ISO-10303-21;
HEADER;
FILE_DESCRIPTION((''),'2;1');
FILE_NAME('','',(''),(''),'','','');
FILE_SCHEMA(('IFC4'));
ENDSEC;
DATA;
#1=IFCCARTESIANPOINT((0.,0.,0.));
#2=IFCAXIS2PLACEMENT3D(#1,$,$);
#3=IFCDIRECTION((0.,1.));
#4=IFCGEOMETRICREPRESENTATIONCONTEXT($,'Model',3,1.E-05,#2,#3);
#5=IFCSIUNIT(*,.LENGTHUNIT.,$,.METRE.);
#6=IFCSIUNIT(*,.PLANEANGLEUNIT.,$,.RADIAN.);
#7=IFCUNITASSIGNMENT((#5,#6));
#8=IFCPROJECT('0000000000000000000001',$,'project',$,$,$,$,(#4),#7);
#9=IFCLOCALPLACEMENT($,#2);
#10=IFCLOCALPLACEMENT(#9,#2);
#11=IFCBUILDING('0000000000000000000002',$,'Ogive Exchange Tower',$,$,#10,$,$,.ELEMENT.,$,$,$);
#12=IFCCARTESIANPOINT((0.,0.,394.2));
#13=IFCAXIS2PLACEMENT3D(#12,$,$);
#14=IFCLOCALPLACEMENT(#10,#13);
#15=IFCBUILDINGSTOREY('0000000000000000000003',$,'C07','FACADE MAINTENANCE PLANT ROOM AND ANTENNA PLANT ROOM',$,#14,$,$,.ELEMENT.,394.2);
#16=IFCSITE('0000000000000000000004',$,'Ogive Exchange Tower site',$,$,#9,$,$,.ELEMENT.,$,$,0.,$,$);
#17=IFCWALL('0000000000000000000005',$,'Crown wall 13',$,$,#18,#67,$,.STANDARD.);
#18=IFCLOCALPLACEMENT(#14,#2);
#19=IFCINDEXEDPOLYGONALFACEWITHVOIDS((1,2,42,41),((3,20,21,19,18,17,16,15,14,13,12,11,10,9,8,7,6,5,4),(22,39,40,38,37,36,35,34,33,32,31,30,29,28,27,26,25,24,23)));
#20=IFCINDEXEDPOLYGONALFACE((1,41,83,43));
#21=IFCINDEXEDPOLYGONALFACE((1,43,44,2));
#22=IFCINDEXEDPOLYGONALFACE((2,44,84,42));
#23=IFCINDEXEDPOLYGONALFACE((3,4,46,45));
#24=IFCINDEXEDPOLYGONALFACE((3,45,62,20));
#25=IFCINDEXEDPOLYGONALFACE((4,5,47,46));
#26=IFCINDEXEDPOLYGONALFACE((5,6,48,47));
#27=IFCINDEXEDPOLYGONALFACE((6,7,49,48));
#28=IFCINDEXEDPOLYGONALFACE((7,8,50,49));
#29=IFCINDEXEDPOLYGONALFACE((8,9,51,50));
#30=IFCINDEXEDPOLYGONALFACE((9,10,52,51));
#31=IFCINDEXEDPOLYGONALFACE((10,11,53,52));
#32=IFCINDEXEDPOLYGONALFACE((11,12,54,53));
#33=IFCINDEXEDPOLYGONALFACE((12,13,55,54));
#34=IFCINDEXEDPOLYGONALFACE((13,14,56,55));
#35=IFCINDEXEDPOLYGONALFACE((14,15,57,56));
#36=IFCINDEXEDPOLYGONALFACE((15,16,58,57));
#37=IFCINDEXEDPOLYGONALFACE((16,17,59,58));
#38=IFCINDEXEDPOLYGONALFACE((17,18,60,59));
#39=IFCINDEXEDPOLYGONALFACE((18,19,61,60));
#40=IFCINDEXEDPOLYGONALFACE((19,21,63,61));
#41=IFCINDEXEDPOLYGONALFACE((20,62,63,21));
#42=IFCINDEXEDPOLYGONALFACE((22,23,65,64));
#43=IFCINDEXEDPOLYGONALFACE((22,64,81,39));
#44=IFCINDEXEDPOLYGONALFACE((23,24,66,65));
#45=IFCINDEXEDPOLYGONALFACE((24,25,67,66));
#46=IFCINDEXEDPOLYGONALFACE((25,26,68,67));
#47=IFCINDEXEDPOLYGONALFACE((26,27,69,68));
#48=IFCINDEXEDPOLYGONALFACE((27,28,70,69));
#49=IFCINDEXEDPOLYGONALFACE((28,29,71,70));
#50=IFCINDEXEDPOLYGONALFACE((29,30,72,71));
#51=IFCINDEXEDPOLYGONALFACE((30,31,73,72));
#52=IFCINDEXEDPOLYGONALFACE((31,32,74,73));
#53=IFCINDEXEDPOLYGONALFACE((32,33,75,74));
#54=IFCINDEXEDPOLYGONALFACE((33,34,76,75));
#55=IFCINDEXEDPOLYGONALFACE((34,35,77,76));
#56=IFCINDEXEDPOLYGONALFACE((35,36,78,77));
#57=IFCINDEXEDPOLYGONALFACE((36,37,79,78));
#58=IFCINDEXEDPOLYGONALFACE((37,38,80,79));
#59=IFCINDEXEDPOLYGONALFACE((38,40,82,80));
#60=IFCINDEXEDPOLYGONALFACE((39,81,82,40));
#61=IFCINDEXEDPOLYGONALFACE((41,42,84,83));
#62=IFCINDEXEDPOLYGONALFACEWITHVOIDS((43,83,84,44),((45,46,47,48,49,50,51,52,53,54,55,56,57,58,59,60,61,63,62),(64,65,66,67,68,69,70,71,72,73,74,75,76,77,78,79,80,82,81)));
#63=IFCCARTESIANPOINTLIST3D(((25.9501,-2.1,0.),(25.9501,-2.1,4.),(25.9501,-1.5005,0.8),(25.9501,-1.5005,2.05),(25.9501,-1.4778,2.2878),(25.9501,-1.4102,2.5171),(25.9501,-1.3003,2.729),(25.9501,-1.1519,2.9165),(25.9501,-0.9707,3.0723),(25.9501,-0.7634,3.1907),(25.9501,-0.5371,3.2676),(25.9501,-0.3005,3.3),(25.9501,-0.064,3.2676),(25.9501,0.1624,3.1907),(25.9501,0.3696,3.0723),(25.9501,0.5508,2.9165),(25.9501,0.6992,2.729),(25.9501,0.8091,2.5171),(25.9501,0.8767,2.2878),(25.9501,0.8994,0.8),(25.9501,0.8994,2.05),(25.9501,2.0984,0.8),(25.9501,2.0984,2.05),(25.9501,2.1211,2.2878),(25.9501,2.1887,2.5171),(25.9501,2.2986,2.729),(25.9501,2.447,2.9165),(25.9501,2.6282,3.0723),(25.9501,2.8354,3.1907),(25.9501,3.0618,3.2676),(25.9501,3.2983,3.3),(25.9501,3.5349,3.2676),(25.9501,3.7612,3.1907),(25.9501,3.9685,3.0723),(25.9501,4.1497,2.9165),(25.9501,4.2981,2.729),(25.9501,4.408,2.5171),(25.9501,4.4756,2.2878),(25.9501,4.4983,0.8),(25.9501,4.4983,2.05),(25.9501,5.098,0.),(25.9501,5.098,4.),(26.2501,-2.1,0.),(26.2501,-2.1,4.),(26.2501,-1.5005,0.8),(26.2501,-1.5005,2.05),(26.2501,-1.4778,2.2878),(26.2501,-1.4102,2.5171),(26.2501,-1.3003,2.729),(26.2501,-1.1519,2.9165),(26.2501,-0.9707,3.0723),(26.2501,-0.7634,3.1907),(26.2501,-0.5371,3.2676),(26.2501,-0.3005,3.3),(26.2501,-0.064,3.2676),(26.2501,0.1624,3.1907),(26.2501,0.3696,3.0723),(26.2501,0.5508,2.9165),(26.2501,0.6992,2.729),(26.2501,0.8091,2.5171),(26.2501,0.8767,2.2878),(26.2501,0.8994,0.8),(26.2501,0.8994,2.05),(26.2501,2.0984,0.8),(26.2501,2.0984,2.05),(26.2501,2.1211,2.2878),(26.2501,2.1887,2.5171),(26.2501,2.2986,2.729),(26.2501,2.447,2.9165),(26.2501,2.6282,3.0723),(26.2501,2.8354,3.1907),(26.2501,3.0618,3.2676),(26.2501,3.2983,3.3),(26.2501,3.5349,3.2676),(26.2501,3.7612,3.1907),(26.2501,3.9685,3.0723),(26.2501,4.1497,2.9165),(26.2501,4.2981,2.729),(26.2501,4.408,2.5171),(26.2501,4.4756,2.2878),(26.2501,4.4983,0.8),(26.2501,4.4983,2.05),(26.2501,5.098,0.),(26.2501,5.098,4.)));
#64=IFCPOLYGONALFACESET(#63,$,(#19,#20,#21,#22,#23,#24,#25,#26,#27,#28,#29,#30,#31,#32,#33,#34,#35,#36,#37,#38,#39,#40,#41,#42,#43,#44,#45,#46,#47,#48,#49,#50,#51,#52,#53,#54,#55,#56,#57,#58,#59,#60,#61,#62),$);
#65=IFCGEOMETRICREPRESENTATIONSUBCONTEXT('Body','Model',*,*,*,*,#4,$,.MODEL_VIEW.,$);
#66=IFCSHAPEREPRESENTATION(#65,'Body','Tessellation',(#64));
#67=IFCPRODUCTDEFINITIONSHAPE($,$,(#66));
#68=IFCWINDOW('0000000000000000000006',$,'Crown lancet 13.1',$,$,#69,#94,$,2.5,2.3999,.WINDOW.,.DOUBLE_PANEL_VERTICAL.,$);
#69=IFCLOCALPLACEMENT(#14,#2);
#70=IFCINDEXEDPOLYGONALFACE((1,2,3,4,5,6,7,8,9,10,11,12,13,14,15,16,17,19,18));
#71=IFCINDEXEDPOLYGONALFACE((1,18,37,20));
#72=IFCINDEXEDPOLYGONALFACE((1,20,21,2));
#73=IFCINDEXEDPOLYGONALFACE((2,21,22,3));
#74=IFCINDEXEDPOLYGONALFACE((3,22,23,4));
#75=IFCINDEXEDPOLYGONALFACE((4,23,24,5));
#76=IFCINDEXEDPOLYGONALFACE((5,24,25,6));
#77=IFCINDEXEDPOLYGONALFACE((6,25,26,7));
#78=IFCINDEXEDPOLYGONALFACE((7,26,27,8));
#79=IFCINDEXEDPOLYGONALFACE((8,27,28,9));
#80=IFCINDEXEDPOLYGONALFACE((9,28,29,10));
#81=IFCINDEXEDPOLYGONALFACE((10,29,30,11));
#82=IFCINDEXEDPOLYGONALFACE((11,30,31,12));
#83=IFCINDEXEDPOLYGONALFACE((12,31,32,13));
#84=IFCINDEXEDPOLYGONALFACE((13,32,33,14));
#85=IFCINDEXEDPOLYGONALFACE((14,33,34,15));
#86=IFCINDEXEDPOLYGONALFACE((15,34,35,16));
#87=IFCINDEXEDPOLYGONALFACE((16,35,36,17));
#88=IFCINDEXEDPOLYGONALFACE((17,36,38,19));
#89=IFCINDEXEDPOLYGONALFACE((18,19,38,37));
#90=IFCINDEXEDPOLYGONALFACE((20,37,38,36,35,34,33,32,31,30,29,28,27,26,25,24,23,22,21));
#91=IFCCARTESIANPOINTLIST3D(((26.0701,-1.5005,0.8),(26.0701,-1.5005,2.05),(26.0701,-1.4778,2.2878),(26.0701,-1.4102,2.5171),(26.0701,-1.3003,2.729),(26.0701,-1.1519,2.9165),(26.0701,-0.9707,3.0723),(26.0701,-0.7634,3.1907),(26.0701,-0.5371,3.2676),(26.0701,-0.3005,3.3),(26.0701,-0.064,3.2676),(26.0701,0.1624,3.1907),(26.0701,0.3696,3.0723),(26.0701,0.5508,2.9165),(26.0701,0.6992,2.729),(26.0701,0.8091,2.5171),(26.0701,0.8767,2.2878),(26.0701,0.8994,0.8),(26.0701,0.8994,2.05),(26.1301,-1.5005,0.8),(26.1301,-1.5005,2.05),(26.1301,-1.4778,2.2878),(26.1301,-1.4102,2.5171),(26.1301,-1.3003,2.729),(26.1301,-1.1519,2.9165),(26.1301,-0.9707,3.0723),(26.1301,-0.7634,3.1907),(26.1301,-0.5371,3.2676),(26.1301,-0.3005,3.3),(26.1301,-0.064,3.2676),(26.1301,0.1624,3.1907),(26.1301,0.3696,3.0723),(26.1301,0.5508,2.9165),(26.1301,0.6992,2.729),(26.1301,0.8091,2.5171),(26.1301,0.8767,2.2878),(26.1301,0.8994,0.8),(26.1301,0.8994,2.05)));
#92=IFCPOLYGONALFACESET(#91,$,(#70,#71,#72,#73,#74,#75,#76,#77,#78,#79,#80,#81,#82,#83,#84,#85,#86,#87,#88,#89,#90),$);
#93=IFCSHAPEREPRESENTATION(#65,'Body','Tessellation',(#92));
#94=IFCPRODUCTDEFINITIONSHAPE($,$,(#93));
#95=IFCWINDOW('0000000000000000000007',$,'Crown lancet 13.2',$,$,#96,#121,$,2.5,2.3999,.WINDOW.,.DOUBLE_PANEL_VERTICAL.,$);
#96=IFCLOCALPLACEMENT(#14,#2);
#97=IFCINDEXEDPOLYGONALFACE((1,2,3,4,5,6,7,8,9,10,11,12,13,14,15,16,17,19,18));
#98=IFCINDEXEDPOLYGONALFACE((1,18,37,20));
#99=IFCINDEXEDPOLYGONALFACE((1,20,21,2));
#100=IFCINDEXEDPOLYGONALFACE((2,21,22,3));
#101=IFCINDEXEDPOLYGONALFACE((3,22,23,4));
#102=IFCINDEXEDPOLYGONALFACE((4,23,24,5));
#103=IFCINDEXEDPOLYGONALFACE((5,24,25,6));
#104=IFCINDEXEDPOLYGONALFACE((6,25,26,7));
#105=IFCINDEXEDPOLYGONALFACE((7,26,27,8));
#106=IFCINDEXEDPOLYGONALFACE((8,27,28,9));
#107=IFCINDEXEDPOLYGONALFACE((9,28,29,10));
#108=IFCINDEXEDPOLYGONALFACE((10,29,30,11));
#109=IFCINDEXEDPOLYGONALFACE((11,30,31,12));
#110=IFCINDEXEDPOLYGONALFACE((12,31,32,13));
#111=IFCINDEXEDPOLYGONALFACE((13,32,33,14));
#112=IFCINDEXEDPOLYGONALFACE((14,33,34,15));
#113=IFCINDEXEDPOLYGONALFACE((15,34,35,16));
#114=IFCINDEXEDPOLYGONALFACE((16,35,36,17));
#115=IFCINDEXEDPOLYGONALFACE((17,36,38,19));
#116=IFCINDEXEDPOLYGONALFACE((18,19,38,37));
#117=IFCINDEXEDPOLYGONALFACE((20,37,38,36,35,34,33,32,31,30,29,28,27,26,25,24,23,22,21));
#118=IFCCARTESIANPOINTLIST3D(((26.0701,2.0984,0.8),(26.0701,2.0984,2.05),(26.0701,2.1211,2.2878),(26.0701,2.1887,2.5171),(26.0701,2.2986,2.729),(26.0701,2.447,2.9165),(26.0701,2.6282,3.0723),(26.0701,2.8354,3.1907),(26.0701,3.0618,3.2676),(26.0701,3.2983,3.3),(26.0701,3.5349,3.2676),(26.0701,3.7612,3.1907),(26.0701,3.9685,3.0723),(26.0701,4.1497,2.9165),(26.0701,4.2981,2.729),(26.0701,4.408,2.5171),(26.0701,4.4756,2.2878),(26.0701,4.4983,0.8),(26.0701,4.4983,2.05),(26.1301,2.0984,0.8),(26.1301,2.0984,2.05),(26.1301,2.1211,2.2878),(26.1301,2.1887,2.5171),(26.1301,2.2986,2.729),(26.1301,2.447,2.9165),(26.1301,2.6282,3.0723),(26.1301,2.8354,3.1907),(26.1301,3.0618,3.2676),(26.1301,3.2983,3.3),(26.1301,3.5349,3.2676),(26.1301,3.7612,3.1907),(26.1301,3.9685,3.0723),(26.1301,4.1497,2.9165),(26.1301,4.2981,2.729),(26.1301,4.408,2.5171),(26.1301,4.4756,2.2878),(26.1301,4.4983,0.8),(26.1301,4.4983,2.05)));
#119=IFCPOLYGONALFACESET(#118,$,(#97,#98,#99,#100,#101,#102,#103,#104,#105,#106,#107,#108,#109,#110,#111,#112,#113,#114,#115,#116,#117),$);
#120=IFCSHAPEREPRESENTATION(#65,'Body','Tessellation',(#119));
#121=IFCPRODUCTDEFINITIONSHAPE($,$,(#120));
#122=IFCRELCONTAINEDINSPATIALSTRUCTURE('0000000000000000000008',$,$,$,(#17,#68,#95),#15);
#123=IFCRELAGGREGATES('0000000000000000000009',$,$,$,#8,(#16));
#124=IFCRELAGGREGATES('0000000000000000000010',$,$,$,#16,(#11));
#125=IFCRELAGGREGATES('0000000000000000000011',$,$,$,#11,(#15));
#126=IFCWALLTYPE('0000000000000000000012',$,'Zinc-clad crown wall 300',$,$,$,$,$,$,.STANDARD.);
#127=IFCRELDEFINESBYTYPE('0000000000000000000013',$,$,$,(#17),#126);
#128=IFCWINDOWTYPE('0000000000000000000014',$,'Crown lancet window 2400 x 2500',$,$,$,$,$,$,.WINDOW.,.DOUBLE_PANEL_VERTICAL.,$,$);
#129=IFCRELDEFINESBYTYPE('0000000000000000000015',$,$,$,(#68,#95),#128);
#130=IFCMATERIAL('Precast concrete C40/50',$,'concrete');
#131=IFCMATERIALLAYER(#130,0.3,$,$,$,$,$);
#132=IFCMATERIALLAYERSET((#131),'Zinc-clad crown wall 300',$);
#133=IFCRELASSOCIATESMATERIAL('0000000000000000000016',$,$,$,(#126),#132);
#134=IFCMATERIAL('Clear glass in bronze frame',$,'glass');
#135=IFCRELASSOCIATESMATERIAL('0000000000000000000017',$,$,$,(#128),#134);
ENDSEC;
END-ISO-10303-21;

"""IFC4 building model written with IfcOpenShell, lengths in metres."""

from ifc_helpers import new_model, si_unit, direction, frame, frame_2d, origin, place, context, subcontext, project, spatial, polyline, rectangle, outline, extrude, material, layer, layer_set, type_object, element, fill, save


model = new_model("IFC4")

# Units and contexts
model_context = context("Model", 3, precision=1e-05, world=origin(), true_north=direction((0.0, 1.0)))
body_context = subcontext(model_context, "Body", "Model", "MODEL_VIEW")
ifc_project = project(units=[si_unit("LENGTHUNIT", "METRE"), si_unit("PLANEANGLEUNIT", "RADIAN")], contexts=[model_context])

# Site, building, storey
site_placement = place(None, origin())
site = spatial("IfcSite", under=ifc_project, at=site_placement, Name="Ogive Exchange Tower site", CompositionType="ELEMENT", RefElevation=0.0)
building_placement = place(site_placement, origin())
building = spatial("IfcBuilding", under=site, at=building_placement, Name="Ogive Exchange Tower", CompositionType="ELEMENT")
storey_placement = place(building_placement, frame((0.0, 0.0, 394.2)))
storey = spatial("IfcBuildingStorey", under=building, at=storey_placement, Name="C07", Description="FACADE MAINTENANCE PLANT ROOM AND ANTENNA PLANT ROOM", CompositionType="ELEMENT", Elevation=394.2)

# Shared definitions
ifc_material_1 = material(Name="Precast concrete C40/50", Category="concrete")
ifc_layer_1 = layer(ifc_material_1, 0.3)
ifc_layer_set_1 = layer_set([ifc_layer_1], Name="Zinc-clad crown wall 300")
wall_type_1 = type_object("IfcWallType", Name="Zinc-clad crown wall 300", PredefinedType="STANDARD", material=ifc_layer_set_1)

# Wall, openings, windows
wall_1_placement = place(storey_placement, frame((26.1001, -2.1001, 0.0), z_axis=(0.0, 0.0, 1.0), x_axis=(0.0, 1.0, 0.0)))
wall_1 = element("IfcWall", 1, at=wall_1_placement, inside=storey, type_object=wall_type_1, Name="Crown wall 13", PredefinedType="STANDARD", context=body_context, shape_type="SweptSolid", body=[
    extrude(rectangle(XDim=7.198, YDim=0.3, at=frame_2d((3.5991, 0.0))), origin(), (0.0, 0.0, 1.0), 4.0),
])
opening_1_placement = place(wall_1_placement, frame((0.5996, 0.0, 0.8)))
opening_1 = element("IfcOpeningElement", 2, at=opening_1_placement, cuts=wall_1, PredefinedType="OPENING", context=body_context, shape_type="SweptSolid", body=[
    extrude(outline(polyline([(0.0, 0.0), (2.3999, 0.0), (2.3999, 1.25), (2.3772, 1.4878), (2.3096, 1.717), (2.1997, 1.929), (2.0513, 2.1165), (1.8701, 2.2722), (1.6628, 2.3906), (1.4365, 2.4675), (1.2, 2.5), (0.9634, 2.4675), (0.7371, 2.3906), (0.5298, 2.2722), (0.3486, 2.1165), (0.2002, 1.929), (0.0903, 1.717), (0.0227, 1.4878), (0.0, 1.25), (0.0, 0.0)])), frame((0.0, 0.1599, 0.0), z_axis=(0.0, -1.0, 0.0), x_axis=(1.0, 0.0, 0.0)), (0.0, 0.0, 1.0), 0.3201),
])
opening_2_placement = place(wall_1_placement, frame((4.1985, 0.0, 0.8)))
opening_2 = element("IfcOpeningElement", 3, at=opening_2_placement, cuts=wall_1, PredefinedType="OPENING", context=body_context, shape_type="SweptSolid", body=[
    extrude(outline(polyline([(0.0, 0.0), (2.3999, 0.0), (2.3999, 1.25), (2.3772, 1.4878), (2.3096, 1.717), (2.1997, 1.929), (2.0513, 2.1165), (1.8701, 2.2722), (1.6628, 2.3906), (1.4365, 2.4675), (1.2, 2.5), (0.9634, 2.4675), (0.7371, 2.3906), (0.5298, 2.2722), (0.3486, 2.1165), (0.2002, 1.929), (0.0903, 1.717), (0.0227, 1.4878), (0.0, 1.25), (0.0, 0.0)])), frame((0.0, 0.1599, 0.0), z_axis=(0.0, -1.0, 0.0), x_axis=(1.0, 0.0, 0.0)), (0.0, 0.0, 1.0), 0.3201),
])
ifc_material_2 = material(Name="Clear glass in bronze frame", Category="glass")
window_type = type_object("IfcWindowType", Name="Crown lancet window 2400 x 2500", PartitioningType="DOUBLE_PANEL_VERTICAL", PredefinedType="WINDOW", material=ifc_material_2)
window_1_placement = place(opening_1_placement, origin())
window_1 = element("IfcWindow", 4, at=window_1_placement, inside=storey, type_object=window_type, Name="Crown lancet 13.1", OverallHeight=2.5, OverallWidth=2.3999, PartitioningType="DOUBLE_PANEL_VERTICAL", PredefinedType="WINDOW", context=body_context, shape_type="SweptSolid", body=[
    extrude(outline(polyline([(0.0, 0.0), (2.3999, 0.0), (2.3999, 1.25), (2.3772, 1.4878), (2.3096, 1.717), (2.1997, 1.929), (2.0513, 2.1165), (1.8701, 2.2722), (1.6628, 2.3906), (1.4365, 2.4675), (1.2, 2.5), (0.9634, 2.4675), (0.7371, 2.3906), (0.5298, 2.2722), (0.3486, 2.1165), (0.2002, 1.929), (0.0903, 1.717), (0.0227, 1.4878), (0.0, 1.25), (0.0, 0.0)])), frame((0.0, 0.03, 0.0), z_axis=(0.0, -1.0, 0.0), x_axis=(1.0, 0.0, 0.0)), (0.0, 0.0, 1.0), 0.0601),
])
fill(opening_1, window_1)
window_2_placement = place(opening_2_placement, origin())
window_2 = element("IfcWindow", 5, at=window_2_placement, inside=storey, type_object=window_type, Name="Crown lancet 13.2", OverallHeight=2.5, OverallWidth=2.3999, PartitioningType="DOUBLE_PANEL_VERTICAL", PredefinedType="WINDOW", context=body_context, shape_type="SweptSolid", body=[
    extrude(outline(polyline([(0.0, 0.0), (2.3999, 0.0), (2.3999, 1.25), (2.3772, 1.4878), (2.3096, 1.717), (2.1997, 1.929), (2.0513, 2.1165), (1.8701, 2.2722), (1.6628, 2.3906), (1.4365, 2.4675), (1.2, 2.5), (0.9634, 2.4675), (0.7371, 2.3906), (0.5298, 2.2722), (0.3486, 2.1165), (0.2002, 1.929), (0.0903, 1.717), (0.0227, 1.4878), (0.0, 1.25), (0.0, 0.0)])), frame((0.0, 0.03, 0.0), z_axis=(0.0, -1.0, 0.0), x_axis=(1.0, 0.0, 0.0)), (0.0, 0.0, 1.0), 0.0601),
])
fill(opening_2, window_2)

save(model, "model.ifc")
